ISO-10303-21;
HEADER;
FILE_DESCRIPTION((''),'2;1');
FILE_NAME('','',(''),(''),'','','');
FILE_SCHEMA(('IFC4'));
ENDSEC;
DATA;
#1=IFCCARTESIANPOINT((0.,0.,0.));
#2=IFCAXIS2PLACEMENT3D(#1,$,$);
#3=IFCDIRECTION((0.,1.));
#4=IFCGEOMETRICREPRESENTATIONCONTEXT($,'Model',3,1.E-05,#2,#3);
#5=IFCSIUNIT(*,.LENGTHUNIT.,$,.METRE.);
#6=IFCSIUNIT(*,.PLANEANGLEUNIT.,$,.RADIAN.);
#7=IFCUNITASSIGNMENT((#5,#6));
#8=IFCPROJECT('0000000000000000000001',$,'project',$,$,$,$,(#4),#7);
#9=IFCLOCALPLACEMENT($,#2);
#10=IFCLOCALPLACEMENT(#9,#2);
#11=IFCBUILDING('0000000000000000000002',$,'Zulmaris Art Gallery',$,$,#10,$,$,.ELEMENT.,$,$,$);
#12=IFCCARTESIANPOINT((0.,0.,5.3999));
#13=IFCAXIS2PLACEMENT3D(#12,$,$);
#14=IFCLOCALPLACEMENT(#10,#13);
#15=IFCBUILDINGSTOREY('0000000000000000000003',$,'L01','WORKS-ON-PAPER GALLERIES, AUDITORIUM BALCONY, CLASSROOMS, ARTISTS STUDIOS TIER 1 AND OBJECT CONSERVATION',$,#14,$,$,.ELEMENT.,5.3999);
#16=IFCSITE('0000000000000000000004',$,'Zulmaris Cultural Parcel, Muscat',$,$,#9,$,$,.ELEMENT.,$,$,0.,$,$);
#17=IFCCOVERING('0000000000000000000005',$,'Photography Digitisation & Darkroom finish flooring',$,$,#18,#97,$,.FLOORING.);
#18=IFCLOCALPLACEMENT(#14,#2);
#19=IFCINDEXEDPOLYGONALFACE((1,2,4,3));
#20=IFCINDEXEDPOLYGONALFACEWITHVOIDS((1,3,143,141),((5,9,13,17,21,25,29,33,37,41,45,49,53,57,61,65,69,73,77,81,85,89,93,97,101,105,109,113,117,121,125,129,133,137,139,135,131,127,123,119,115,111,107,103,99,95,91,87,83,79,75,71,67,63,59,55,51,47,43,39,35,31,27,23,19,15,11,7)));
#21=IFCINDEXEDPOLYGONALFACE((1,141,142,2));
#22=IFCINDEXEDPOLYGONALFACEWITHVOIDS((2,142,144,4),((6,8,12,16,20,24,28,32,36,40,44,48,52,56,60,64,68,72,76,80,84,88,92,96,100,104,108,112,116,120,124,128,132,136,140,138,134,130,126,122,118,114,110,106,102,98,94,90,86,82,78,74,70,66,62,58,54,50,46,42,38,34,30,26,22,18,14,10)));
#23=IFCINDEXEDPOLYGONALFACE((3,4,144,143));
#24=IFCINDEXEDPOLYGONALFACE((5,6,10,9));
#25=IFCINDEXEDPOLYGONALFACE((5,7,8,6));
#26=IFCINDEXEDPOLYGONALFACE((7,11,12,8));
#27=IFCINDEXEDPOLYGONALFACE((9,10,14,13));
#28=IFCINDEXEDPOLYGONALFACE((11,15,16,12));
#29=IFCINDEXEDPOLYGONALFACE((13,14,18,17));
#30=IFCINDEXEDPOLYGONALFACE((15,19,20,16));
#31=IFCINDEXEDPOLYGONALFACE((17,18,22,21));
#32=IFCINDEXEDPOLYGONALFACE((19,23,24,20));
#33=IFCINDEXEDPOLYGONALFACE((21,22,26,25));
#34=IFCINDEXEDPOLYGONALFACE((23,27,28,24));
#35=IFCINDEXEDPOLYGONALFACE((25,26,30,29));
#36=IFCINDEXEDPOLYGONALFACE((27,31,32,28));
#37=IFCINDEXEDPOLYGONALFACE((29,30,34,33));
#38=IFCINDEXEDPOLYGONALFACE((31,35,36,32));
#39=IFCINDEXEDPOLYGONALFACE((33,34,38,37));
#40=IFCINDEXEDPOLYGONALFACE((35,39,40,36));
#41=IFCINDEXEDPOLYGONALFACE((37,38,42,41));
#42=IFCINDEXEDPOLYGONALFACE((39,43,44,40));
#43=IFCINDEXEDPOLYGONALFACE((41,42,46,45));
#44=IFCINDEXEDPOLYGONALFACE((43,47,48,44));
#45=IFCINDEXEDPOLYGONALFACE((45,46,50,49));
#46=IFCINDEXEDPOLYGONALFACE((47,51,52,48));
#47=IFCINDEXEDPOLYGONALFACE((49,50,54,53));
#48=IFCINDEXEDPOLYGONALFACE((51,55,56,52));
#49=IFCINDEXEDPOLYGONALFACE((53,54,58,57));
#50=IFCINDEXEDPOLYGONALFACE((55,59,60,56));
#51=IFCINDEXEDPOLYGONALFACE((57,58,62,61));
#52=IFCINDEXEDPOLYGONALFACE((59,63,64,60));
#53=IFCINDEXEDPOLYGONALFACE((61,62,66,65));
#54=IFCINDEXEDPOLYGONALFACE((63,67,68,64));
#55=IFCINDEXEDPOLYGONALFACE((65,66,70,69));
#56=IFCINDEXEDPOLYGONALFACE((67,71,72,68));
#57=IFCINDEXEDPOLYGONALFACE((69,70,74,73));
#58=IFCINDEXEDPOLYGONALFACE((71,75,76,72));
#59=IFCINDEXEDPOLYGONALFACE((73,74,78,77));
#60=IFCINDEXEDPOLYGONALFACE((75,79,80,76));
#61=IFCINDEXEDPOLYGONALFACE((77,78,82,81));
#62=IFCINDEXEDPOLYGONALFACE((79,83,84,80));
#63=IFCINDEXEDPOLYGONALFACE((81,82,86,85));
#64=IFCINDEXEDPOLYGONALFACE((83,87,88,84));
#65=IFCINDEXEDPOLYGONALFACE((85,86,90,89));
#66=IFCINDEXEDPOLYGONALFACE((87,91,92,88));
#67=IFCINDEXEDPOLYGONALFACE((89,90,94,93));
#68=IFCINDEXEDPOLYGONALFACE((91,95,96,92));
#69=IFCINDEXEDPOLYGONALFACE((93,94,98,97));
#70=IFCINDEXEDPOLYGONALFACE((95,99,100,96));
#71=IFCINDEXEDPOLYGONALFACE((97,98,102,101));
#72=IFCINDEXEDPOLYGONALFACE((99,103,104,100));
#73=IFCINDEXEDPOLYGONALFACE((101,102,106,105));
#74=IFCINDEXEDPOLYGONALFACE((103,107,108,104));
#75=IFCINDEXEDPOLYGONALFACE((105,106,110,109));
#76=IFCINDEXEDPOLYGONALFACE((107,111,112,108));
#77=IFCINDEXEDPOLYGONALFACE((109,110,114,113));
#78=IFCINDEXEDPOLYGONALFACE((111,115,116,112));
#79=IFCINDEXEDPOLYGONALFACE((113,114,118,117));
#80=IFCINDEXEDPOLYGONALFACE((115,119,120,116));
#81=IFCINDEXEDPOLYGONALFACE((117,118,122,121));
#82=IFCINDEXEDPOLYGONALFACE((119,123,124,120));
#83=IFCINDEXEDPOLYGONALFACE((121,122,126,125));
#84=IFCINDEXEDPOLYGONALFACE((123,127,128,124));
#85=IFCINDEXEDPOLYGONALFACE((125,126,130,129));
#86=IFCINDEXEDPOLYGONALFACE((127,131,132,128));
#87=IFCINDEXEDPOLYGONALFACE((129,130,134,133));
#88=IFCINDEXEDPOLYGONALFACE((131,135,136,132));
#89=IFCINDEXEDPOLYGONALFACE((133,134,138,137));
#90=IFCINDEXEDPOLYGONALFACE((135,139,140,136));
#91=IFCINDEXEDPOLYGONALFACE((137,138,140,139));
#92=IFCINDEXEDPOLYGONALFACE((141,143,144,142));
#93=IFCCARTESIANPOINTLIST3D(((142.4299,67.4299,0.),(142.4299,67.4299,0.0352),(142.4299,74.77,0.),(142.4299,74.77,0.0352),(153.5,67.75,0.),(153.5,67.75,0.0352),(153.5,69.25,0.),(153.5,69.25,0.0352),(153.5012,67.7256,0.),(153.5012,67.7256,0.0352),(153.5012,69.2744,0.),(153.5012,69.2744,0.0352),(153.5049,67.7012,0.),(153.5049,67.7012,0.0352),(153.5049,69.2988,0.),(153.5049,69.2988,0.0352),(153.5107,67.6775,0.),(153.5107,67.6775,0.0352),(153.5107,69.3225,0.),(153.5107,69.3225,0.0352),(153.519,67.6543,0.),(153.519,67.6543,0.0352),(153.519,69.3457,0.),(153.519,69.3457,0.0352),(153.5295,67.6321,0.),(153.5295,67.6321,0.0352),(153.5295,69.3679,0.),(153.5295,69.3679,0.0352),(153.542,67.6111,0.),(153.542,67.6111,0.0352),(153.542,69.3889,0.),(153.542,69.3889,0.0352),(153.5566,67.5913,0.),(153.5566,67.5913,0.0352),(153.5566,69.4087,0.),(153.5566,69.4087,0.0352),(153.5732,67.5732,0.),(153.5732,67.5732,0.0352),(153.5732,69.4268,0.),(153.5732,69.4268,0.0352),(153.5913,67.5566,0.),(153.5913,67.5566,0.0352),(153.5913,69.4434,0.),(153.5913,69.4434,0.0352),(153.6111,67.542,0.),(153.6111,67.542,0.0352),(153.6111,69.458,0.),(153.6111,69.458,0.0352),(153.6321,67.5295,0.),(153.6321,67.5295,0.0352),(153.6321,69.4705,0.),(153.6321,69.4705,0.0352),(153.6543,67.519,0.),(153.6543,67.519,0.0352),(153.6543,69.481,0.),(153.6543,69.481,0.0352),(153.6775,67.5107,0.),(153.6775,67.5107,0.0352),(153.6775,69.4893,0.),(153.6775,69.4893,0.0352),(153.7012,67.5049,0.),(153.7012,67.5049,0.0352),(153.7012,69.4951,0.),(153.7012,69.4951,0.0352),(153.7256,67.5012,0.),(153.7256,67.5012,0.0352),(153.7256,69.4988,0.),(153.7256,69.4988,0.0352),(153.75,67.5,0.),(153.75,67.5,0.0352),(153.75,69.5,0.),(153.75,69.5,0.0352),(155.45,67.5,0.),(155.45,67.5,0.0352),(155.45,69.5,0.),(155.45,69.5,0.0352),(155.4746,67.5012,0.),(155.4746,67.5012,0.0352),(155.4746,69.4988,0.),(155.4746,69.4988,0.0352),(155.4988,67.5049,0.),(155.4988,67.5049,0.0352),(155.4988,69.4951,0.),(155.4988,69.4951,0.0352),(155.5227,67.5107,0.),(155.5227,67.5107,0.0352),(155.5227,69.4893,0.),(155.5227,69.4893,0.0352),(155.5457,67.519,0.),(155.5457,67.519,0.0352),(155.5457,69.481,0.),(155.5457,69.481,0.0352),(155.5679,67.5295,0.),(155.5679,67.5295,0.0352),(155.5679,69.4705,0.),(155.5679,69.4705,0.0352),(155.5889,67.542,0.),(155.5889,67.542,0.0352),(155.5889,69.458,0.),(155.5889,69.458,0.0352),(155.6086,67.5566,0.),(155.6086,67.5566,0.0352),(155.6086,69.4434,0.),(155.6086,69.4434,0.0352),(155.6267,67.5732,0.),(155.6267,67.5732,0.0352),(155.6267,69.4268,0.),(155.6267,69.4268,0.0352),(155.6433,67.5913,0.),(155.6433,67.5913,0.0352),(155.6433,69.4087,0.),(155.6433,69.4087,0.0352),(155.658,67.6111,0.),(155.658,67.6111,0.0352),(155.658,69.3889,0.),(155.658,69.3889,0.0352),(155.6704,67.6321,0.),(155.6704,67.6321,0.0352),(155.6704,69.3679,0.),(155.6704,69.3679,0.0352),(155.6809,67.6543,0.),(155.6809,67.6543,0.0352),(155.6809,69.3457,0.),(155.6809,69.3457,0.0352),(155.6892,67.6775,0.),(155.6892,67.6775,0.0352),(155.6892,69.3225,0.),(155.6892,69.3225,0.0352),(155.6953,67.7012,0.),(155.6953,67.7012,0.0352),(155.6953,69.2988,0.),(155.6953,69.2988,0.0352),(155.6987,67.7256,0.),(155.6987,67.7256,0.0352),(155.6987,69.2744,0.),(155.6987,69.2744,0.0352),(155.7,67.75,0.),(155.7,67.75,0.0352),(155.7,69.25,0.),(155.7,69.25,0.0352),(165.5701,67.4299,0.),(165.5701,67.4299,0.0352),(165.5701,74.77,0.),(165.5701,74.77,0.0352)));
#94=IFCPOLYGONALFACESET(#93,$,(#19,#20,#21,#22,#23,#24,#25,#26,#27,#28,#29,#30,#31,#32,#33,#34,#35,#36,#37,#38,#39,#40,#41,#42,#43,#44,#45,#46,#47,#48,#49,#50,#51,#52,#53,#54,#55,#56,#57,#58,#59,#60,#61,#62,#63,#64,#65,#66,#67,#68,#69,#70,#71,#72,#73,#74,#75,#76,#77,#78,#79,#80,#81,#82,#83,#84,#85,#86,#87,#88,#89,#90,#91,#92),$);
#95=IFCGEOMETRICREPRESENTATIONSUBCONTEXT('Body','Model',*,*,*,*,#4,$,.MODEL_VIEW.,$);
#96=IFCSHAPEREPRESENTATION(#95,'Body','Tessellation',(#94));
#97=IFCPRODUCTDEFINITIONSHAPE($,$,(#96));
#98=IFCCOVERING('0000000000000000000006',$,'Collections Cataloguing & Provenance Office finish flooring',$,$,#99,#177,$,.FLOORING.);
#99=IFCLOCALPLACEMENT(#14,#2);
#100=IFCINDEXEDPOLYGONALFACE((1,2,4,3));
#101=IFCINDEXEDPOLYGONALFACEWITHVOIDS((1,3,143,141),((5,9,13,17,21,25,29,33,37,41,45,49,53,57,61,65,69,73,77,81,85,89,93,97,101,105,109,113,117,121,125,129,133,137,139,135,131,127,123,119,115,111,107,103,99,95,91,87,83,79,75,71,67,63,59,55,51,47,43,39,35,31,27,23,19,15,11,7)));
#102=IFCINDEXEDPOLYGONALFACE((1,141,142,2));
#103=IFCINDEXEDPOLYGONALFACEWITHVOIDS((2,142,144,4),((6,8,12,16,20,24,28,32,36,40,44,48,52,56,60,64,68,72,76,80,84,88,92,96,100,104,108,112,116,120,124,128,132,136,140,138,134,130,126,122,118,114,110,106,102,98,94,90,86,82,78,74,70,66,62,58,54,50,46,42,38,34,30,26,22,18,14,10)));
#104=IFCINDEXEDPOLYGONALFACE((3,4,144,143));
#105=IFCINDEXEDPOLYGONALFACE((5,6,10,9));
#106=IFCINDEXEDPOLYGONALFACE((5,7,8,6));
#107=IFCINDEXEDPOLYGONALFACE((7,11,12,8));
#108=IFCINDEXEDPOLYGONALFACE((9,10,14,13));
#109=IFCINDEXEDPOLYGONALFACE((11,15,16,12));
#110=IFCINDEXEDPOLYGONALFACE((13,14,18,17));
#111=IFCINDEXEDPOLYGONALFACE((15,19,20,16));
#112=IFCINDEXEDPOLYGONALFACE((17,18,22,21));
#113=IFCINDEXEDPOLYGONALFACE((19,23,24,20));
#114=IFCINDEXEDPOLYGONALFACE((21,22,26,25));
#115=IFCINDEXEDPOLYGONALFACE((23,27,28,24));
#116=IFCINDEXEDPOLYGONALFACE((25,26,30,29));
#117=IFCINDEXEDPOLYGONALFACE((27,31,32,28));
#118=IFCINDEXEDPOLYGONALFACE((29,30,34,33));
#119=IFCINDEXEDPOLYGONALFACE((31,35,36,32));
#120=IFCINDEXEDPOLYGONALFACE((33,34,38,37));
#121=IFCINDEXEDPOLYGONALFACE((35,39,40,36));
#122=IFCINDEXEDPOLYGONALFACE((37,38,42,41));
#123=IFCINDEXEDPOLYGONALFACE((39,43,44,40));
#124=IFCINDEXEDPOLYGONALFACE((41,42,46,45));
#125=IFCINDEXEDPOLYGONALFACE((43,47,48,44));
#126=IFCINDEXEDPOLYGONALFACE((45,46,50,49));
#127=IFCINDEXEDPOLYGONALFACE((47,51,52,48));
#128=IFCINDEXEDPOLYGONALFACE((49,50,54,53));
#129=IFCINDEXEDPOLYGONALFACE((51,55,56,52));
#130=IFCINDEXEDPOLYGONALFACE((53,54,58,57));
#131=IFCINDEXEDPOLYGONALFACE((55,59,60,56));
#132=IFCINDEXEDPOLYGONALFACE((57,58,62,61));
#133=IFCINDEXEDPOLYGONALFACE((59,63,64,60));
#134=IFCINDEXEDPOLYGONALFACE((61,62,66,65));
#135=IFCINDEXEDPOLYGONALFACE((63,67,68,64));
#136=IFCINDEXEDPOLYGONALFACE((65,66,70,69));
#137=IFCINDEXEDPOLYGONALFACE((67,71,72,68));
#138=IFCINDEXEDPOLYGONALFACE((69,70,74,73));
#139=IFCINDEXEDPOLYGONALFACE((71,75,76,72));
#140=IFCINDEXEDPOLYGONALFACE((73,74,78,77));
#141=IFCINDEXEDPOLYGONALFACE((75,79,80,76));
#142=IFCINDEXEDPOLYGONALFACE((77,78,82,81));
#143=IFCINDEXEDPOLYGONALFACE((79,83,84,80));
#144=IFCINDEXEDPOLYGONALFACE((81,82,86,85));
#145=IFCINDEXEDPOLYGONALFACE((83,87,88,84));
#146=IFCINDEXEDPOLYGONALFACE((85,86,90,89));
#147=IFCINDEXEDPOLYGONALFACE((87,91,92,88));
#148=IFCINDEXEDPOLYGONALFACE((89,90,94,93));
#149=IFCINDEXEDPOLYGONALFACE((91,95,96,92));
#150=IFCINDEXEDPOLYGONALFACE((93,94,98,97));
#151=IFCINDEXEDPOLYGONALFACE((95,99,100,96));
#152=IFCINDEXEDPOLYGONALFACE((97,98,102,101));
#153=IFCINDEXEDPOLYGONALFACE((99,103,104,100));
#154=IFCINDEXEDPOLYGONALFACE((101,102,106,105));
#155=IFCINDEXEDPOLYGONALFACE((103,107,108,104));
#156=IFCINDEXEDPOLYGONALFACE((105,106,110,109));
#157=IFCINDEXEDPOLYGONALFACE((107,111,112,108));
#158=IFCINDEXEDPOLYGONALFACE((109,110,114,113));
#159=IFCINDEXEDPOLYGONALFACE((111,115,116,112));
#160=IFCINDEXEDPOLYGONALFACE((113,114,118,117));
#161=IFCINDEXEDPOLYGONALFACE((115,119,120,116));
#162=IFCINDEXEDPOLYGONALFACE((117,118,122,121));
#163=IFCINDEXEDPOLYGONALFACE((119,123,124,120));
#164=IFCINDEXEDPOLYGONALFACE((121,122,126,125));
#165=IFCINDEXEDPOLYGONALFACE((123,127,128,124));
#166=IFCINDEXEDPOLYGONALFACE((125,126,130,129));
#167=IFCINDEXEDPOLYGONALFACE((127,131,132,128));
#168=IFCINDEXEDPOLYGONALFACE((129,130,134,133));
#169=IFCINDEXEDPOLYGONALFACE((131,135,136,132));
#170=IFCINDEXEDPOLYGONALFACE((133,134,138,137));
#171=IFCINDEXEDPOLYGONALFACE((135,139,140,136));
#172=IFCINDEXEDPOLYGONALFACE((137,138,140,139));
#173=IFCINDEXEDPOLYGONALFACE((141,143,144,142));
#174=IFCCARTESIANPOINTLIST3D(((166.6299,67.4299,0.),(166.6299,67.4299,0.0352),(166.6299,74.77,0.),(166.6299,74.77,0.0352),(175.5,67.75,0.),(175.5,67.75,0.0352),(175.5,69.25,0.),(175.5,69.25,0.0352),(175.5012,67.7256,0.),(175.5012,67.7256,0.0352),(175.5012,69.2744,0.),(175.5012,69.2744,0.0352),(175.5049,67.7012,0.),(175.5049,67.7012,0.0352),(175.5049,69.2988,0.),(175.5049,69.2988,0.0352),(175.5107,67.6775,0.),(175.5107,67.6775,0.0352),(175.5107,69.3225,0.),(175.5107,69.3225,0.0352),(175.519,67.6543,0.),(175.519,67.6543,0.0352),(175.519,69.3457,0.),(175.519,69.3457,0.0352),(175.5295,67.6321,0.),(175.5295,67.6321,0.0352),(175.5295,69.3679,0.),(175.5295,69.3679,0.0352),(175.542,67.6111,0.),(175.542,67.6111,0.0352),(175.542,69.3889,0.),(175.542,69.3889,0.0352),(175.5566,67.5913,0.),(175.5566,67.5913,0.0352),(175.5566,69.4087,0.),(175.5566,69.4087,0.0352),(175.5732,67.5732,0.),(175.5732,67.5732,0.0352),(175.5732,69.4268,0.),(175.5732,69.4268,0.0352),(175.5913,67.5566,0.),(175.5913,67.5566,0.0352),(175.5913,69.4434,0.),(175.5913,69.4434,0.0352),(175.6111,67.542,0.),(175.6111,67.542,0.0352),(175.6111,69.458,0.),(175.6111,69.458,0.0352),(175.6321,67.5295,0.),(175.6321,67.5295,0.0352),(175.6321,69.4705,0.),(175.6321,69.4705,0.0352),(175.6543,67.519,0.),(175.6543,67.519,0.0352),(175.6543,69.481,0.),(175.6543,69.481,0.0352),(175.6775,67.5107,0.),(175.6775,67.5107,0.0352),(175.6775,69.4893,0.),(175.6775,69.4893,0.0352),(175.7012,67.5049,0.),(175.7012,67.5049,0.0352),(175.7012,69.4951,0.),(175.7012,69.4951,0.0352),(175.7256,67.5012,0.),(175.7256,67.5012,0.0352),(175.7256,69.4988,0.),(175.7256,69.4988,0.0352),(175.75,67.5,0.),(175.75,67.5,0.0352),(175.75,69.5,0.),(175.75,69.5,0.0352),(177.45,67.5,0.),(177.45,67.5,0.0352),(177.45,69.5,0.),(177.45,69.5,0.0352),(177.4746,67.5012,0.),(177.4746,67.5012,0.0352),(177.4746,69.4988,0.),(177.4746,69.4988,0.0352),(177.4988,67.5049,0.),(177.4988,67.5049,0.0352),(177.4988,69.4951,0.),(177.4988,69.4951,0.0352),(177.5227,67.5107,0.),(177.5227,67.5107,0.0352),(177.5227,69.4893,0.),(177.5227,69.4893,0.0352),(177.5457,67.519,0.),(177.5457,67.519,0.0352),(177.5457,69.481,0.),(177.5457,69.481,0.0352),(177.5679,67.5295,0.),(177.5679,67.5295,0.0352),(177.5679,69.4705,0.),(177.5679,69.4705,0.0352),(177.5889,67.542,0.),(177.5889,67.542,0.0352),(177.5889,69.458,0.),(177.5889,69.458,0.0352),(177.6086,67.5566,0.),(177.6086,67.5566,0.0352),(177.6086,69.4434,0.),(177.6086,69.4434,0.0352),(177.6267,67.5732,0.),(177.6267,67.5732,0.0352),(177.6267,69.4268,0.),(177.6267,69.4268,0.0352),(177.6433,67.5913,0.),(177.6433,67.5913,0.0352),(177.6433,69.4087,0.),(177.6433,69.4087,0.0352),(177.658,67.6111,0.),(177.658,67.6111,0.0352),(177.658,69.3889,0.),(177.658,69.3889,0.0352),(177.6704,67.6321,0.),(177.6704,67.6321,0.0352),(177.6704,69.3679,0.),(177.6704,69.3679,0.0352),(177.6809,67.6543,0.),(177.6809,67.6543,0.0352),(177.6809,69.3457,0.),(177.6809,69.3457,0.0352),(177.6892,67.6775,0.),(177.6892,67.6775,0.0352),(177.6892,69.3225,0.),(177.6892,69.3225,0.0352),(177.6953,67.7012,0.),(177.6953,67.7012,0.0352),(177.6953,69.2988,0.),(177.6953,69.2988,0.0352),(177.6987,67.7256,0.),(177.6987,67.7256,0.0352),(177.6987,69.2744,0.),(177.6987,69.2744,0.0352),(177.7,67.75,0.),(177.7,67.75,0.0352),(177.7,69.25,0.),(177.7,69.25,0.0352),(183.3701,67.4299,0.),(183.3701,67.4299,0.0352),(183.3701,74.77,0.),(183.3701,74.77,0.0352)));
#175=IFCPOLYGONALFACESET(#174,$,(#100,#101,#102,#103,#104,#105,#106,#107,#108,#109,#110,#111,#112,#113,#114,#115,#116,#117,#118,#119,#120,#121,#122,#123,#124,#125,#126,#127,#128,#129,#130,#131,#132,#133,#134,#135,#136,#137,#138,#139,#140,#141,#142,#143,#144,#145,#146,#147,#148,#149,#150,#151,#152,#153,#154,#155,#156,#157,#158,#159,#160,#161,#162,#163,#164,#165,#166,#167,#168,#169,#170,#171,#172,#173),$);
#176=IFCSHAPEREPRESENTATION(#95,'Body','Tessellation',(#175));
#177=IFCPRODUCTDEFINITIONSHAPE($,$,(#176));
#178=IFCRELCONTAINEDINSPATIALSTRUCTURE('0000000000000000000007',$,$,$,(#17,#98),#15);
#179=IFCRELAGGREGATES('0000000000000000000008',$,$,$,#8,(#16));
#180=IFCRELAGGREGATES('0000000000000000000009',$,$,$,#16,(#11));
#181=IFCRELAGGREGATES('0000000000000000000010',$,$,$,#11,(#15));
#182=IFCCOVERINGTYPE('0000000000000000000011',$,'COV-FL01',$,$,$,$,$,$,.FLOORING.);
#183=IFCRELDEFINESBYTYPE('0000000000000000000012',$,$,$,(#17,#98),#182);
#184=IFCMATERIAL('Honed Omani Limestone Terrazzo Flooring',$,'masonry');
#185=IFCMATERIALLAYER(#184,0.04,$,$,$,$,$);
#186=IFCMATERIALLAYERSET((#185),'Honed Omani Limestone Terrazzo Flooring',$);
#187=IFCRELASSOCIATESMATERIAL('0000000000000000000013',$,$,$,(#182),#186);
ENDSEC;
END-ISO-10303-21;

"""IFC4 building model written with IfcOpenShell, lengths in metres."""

from ifc_helpers import new_model, si_unit, direction, frame, origin, place, context, subcontext, project, spatial, polyline, outline, extrude, material, layer, layer_set, type_object, element, save


model = new_model("IFC4")

# Units and contexts
model_context = context("Model", 3, precision=1e-05, world=origin(), true_north=direction((0.0, 1.0)))
body_context = subcontext(model_context, "Body", "Model", "MODEL_VIEW")
ifc_project = project(units=[si_unit("LENGTHUNIT", "METRE"), si_unit("PLANEANGLEUNIT", "RADIAN")], contexts=[model_context])

# Site, building, storey
site_placement = place(None, origin())
site = spatial("IfcSite", under=ifc_project, at=site_placement, Name="Zulmaris Cultural Parcel, Muscat", CompositionType="ELEMENT", RefElevation=0.0)
building_placement = place(site_placement, origin())
building = spatial("IfcBuilding", under=site, at=building_placement, Name="Zulmaris Art Gallery", CompositionType="ELEMENT")
storey_placement = place(building_placement, frame((0.0, 0.0, 5.3999)))
storey = spatial("IfcBuildingStorey", under=building, at=storey_placement, Name="L01", Description="WORKS-ON-PAPER GALLERIES, AUDITORIUM BALCONY, CLASSROOMS, ARTISTS STUDIOS TIER 1 AND OBJECT CONSERVATION", CompositionType="ELEMENT", Elevation=5.3999)

# Coverings
ifc_material_1 = material(Name="Honed Omani Limestone Terrazzo Flooring", Category="masonry")
ifc_layer_1 = layer(ifc_material_1, 0.04)
ifc_layer_set_1 = layer_set([ifc_layer_1], Name="Honed Omani Limestone Terrazzo Flooring")
covering_type_1 = type_object("IfcCoveringType", Name="COV-FL01", PredefinedType="FLOORING", material=ifc_layer_set_1)
covering_1_placement = place(storey_placement, origin())
element("IfcCovering", 1, at=covering_1_placement, inside=storey, type_object=covering_type_1, Name="Photography Digitisation & Darkroom finish flooring", PredefinedType="FLOORING", context=body_context, shape_type="SweptSolid", body=[
    extrude(outline(polyline([(165.5701, 67.4299), (142.4299, 67.4299), (142.4299, 74.77), (165.5701, 74.77), (165.5701, 67.4299)]), holes=[polyline([(153.7256, 69.4988), (153.7012, 69.4951), (153.6775, 69.4893), (153.6543, 69.481), (153.6321, 69.4705), (153.6111, 69.458), (153.5913, 69.4434), (153.5732, 69.4268), (153.5566, 69.4087), (153.542, 69.3889), (153.5295, 69.3679), (153.519, 69.3457), (153.5107, 69.3225), (153.5049, 69.2988), (153.5012, 69.2744), (153.5, 69.25), (153.5, 67.75), (153.5012, 67.7256), (153.5049, 67.7012), (153.5107, 67.6775), (153.519, 67.6543), (153.5295, 67.6321), (153.542, 67.6111), (153.5566, 67.5913), (153.5732, 67.5732), (153.5913, 67.5566), (153.6111, 67.542), (153.6321, 67.5295), (153.6543, 67.519), (153.6775, 67.5107), (153.7012, 67.5049), (153.7256, 67.5012), (153.75, 67.5), (155.45, 67.5), (155.4746, 67.5012), (155.4988, 67.5049), (155.5227, 67.5107), (155.5457, 67.519), (155.5679, 67.5295), (155.5889, 67.542), (155.6086, 67.5566), (155.6267, 67.5732), (155.6433, 67.5913), (155.658, 67.6111), (155.6704, 67.6321), (155.6809, 67.6543), (155.6892, 67.6775), (155.6953, 67.7012), (155.6987, 67.7256), (155.7, 67.75), (155.7, 69.25), (155.6987, 69.2744), (155.6953, 69.2988), (155.6892, 69.3225), (155.6809, 69.3457), (155.6704, 69.3679), (155.658, 69.3889), (155.6433, 69.4087), (155.6267, 69.4268), (155.6086, 69.4434), (155.5889, 69.458), (155.5679, 69.4705), (155.5457, 69.481), (155.5227, 69.4893), (155.4988, 69.4951), (155.4746, 69.4988), (155.45, 69.5), (153.75, 69.5), (153.7256, 69.4988)])]), origin(), (0.0, 0.0, 1.0), 0.0352),
])
covering_2_placement = place(storey_placement, origin())
element("IfcCovering", 2, at=covering_2_placement, inside=storey, type_object=covering_type_1, Name="Collections Cataloguing & Provenance Office finish flooring", PredefinedType="FLOORING", context=body_context, shape_type="SweptSolid", body=[
    extrude(outline(polyline([(183.3701, 67.4299), (166.6299, 67.4299), (166.6299, 74.77), (183.3701, 74.77), (183.3701, 67.4299)]), holes=[polyline([(175.7256, 69.4988), (175.7012, 69.4951), (175.6775, 69.4893), (175.6543, 69.481), (175.6321, 69.4705), (175.6111, 69.458), (175.5913, 69.4434), (175.5732, 69.4268), (175.5566, 69.4087), (175.542, 69.3889), (175.5295, 69.3679), (175.519, 69.3457), (175.5107, 69.3225), (175.5049, 69.2988), (175.5012, 69.2744), (175.5, 69.25), (175.5, 67.75), (175.5012, 67.7256), (175.5049, 67.7012), (175.5107, 67.6775), (175.519, 67.6543), (175.5295, 67.6321), (175.542, 67.6111), (175.5566, 67.5913), (175.5732, 67.5732), (175.5913, 67.5566), (175.6111, 67.542), (175.6321, 67.5295), (175.6543, 67.519), (175.6775, 67.5107), (175.7012, 67.5049), (175.7256, 67.5012), (175.75, 67.5), (177.45, 67.5), (177.4746, 67.5012), (177.4988, 67.5049), (177.5227, 67.5107), (177.5457, 67.519), (177.5679, 67.5295), (177.5889, 67.542), (177.6086, 67.5566), (177.6267, 67.5732), (177.6433, 67.5913), (177.658, 67.6111), (177.6704, 67.6321), (177.6809, 67.6543), (177.6892, 67.6775), (177.6953, 67.7012), (177.6987, 67.7256), (177.7, 67.75), (177.7, 69.25), (177.6987, 69.2744), (177.6953, 69.2988), (177.6892, 69.3225), (177.6809, 69.3457), (177.6704, 69.3679), (177.658, 69.3889), (177.6433, 69.4087), (177.6267, 69.4268), (177.6086, 69.4434), (177.5889, 69.458), (177.5679, 69.4705), (177.5457, 69.481), (177.5227, 69.4893), (177.4988, 69.4951), (177.4746, 69.4988), (177.45, 69.5), (175.75, 69.5), (175.7256, 69.4988)])]), origin(), (0.0, 0.0, 1.0), 0.0352),
])

save(model, "model.ifc")
